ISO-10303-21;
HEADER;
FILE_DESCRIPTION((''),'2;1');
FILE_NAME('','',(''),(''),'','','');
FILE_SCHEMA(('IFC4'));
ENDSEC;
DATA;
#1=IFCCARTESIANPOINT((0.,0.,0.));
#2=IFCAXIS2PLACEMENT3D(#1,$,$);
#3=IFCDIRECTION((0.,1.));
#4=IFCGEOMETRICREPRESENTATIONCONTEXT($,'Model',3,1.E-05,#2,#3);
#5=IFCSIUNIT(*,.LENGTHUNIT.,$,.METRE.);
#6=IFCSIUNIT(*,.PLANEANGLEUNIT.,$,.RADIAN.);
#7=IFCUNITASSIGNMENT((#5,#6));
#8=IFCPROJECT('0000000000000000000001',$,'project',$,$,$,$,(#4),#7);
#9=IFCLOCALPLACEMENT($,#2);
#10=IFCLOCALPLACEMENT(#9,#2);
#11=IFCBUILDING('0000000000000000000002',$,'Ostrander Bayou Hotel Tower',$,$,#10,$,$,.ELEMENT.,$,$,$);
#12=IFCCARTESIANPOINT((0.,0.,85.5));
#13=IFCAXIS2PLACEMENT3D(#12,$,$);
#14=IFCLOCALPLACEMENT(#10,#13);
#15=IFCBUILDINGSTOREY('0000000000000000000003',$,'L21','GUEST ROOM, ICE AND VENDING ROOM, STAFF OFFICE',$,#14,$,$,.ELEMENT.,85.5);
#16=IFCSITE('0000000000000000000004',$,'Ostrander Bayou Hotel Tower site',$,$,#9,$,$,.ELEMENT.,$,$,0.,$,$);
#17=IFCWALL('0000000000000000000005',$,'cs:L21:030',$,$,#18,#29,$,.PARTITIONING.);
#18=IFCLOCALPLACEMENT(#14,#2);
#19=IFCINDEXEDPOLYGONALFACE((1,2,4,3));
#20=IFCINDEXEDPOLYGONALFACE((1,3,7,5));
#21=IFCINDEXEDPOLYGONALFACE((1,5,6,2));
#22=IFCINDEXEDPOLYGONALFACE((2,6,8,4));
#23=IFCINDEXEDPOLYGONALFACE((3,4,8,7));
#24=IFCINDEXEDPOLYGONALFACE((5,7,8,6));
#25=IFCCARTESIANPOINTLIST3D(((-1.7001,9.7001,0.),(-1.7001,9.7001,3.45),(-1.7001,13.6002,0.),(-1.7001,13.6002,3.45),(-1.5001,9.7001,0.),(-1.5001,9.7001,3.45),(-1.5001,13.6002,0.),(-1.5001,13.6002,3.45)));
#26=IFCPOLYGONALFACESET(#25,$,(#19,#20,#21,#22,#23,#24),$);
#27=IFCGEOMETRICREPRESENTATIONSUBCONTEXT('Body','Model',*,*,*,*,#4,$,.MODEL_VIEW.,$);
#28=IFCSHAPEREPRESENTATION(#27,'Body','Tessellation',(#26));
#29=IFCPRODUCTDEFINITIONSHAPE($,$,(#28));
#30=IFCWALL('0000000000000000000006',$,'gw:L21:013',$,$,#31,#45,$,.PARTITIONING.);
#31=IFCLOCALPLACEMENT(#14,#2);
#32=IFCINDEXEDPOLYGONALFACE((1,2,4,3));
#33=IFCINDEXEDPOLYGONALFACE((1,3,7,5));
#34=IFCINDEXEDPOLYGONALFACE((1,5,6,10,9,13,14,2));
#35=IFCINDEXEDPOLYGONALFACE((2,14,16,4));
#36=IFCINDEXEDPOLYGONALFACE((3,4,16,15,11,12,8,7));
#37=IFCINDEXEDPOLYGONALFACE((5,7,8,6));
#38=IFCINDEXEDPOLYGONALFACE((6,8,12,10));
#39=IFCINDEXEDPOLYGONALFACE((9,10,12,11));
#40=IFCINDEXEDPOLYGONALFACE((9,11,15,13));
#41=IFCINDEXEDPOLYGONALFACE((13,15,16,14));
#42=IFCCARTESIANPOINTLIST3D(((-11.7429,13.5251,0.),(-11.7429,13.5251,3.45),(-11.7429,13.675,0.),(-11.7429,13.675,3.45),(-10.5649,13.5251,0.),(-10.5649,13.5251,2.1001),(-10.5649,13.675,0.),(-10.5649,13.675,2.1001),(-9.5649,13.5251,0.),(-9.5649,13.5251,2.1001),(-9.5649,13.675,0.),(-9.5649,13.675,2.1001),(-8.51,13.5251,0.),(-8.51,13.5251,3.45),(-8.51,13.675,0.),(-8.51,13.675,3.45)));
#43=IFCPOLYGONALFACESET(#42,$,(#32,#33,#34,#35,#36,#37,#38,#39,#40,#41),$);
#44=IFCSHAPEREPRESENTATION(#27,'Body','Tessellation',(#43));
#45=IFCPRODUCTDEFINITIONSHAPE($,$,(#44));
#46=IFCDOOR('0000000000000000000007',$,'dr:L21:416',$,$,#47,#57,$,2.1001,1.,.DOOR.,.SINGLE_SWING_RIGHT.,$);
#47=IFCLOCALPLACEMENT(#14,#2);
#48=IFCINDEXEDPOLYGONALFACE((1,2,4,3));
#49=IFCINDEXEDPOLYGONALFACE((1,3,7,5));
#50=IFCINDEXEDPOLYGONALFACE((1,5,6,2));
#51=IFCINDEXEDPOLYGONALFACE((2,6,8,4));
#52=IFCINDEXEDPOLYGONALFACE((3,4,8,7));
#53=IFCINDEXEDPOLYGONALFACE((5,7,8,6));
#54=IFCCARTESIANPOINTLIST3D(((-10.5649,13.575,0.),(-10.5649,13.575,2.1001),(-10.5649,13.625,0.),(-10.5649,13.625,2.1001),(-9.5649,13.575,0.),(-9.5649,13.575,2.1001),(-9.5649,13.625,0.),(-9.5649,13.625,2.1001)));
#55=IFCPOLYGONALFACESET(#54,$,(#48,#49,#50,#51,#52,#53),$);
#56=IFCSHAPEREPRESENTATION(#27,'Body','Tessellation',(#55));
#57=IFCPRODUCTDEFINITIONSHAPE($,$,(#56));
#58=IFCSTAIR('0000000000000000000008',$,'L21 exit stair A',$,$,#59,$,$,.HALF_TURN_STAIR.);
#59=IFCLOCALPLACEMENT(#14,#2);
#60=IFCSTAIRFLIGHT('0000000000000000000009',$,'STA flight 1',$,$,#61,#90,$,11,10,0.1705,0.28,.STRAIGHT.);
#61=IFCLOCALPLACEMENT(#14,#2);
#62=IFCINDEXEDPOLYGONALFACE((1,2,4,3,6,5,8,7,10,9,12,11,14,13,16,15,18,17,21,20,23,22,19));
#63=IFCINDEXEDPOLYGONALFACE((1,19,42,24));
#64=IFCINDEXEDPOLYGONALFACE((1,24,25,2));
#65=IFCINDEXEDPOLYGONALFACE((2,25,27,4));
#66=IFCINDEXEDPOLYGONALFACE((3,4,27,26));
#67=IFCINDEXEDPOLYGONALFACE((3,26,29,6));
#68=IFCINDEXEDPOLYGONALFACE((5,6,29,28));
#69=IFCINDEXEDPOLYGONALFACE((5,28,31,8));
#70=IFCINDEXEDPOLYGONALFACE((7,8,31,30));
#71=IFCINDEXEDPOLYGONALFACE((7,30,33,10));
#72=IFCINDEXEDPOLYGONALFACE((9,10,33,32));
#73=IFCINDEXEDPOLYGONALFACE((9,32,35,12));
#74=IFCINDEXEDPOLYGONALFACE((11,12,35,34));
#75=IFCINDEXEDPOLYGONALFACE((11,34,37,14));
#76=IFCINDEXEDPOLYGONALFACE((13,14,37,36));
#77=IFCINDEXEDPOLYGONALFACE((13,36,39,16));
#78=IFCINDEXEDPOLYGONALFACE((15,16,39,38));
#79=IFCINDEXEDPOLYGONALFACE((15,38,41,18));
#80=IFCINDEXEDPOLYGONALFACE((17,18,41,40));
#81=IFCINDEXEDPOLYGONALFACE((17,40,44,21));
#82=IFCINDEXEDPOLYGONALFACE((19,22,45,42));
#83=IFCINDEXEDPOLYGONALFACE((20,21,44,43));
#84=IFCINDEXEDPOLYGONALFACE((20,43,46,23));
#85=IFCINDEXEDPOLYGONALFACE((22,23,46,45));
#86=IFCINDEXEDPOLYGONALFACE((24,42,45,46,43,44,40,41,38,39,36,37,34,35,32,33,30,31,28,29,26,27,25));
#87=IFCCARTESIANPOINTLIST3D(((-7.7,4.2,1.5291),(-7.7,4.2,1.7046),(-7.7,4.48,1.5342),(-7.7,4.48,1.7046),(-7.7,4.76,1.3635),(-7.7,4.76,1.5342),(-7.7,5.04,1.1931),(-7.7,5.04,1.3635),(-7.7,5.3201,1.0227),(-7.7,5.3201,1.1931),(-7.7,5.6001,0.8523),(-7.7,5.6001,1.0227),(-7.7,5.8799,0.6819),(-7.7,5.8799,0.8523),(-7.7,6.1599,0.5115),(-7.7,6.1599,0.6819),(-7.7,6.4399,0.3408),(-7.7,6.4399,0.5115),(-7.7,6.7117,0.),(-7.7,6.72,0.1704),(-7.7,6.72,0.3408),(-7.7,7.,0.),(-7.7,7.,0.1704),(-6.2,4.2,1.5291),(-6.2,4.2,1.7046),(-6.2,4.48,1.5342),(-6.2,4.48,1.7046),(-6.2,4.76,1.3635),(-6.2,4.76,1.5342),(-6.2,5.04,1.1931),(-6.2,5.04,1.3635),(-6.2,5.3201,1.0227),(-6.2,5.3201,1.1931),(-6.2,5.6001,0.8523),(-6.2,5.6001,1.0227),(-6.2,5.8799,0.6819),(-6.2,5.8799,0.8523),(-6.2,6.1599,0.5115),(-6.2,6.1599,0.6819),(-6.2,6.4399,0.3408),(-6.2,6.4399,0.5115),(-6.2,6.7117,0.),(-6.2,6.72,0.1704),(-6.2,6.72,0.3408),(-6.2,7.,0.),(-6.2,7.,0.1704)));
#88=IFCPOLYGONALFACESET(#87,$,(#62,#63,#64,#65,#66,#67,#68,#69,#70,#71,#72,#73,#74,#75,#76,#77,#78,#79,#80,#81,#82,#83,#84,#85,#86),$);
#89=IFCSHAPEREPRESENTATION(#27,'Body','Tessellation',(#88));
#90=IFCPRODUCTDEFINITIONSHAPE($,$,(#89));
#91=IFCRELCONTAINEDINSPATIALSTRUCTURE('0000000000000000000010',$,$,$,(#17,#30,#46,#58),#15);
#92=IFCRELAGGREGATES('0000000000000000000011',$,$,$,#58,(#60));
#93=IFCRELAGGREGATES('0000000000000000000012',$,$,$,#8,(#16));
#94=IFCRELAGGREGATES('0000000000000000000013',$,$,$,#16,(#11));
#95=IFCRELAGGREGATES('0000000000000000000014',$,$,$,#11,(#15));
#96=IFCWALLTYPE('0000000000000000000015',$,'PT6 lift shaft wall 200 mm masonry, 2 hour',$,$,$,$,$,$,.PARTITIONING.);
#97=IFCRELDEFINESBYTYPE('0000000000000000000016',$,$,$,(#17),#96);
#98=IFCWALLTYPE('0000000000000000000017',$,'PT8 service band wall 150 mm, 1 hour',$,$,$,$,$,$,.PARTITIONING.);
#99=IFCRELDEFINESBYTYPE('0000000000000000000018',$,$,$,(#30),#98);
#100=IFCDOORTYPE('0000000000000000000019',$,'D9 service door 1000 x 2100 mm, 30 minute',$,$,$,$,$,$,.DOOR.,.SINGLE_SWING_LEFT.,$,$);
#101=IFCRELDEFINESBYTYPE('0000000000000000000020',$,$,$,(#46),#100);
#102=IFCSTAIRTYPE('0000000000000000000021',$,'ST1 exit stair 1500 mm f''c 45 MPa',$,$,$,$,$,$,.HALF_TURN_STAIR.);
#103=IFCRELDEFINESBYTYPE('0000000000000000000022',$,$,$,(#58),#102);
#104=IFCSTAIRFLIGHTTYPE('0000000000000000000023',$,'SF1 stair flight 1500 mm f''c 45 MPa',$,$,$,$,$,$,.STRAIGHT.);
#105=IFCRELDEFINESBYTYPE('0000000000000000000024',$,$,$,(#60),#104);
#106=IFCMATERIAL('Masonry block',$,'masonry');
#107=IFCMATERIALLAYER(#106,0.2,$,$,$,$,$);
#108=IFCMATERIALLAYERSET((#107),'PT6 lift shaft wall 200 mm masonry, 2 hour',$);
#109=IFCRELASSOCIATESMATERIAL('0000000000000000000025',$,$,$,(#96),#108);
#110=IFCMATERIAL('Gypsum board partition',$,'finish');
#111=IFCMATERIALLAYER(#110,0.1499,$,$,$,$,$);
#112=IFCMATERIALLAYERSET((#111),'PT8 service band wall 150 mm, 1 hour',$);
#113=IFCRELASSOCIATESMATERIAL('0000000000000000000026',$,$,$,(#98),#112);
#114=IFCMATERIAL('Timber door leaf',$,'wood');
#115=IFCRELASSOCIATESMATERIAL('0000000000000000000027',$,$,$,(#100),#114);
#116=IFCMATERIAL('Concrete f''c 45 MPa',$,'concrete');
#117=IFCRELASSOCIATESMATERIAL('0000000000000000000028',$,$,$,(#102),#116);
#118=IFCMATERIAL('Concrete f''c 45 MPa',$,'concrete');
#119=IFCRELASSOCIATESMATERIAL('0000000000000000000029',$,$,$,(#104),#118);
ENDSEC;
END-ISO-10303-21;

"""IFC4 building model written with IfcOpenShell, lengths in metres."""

from ifc_helpers import new_model, si_unit, direction, frame, frame_2d, origin, place, context, subcontext, project, spatial, polyline, rectangle, outline, extrude, material, layer, layer_set, type_object, element, fill, aggregate, save


model = new_model("IFC4")

# Units and contexts
model_context = context("Model", 3, precision=1e-05, world=origin(), true_north=direction((0.0, 1.0)))
body_context = subcontext(model_context, "Body", "Model", "MODEL_VIEW")
ifc_project = project(units=[si_unit("LENGTHUNIT", "METRE"), si_unit("PLANEANGLEUNIT", "RADIAN")], contexts=[model_context])

# Site, building, storey
site_placement = place(None, origin())
site = spatial("IfcSite", under=ifc_project, at=site_placement, Name="Ostrander Bayou Hotel Tower site", CompositionType="ELEMENT", RefElevation=0.0)
building_placement = place(site_placement, origin())
building = spatial("IfcBuilding", under=site, at=building_placement, Name="Ostrander Bayou Hotel Tower", CompositionType="ELEMENT")
storey_placement = place(building_placement, frame((0.0, 0.0, 85.5)))
storey = spatial("IfcBuildingStorey", under=building, at=storey_placement, Name="L21", Description="GUEST ROOM, ICE AND VENDING ROOM, STAFF OFFICE", CompositionType="ELEMENT", Elevation=85.5)

# Wall
ifc_material_1 = material(Name="Masonry block", Category="masonry")
ifc_layer_1 = layer(ifc_material_1, 0.2)
ifc_layer_set_1 = layer_set([ifc_layer_1], Name="PT6 lift shaft wall 200 mm masonry, 2 hour")
wall_type_1 = type_object("IfcWallType", Name="PT6 lift shaft wall 200 mm masonry, 2 hour", PredefinedType="PARTITIONING", material=ifc_layer_set_1)
wall_1_placement = place(storey_placement, frame((-1.6001, 9.7, 0.0), z_axis=(0.0, 0.0, 1.0), x_axis=(0.0, 1.0, 0.0)))
element("IfcWall", 1, at=wall_1_placement, inside=storey, type_object=wall_type_1, Name="cs:L21:030", PredefinedType="PARTITIONING", context=body_context, shape_type="SweptSolid", body=[
    extrude(rectangle(XDim=3.9001, YDim=0.2, at=frame_2d((1.9502, 0.0))), origin(), (0.0, 0.0, 1.0), 3.45),
])

# Wall, opening, door
ifc_material_2 = material(Name="Gypsum board partition", Category="finish")
ifc_layer_2 = layer(ifc_material_2, 0.1499)
ifc_layer_set_2 = layer_set([ifc_layer_2], Name="PT8 service band wall 150 mm, 1 hour")
wall_type_2 = type_object("IfcWallType", Name="PT8 service band wall 150 mm, 1 hour", PredefinedType="PARTITIONING", material=ifc_layer_set_2)
wall_2_placement = place(storey_placement, frame((-11.7429, 13.6001, 0.0), z_axis=(0.0, 0.0, 1.0), x_axis=(1.0, 0.0, 0.0)))
wall_2 = element("IfcWall", 2, at=wall_2_placement, inside=storey, type_object=wall_type_2, Name="gw:L21:013", PredefinedType="PARTITIONING", context=body_context, shape_type="SweptSolid", body=[
    extrude(rectangle(XDim=3.2329, YDim=0.1499, at=frame_2d((1.6165, 0.0))), origin(), (0.0, 0.0, 1.0), 3.45),
])
opening_1_placement = place(wall_2_placement, frame((1.178, 0.0, 0.0)))
opening_1 = element("IfcOpeningElement", 3, at=opening_1_placement, cuts=wall_2, PredefinedType="OPENING", context=body_context, shape_type="SweptSolid", body=[
    extrude(rectangle(XDim=1.0, YDim=2.1001, at=frame_2d((0.5, 1.05))), frame((0.0, 0.075, 0.0), z_axis=(0.0, -1.0, 0.0), x_axis=(1.0, 0.0, 0.0)), (0.0, 0.0, 1.0), 0.1499),
])
ifc_material_3 = material(Name="Timber door leaf", Category="wood")
door_type_1 = type_object("IfcDoorType", Name="D9 service door 1000 x 2100 mm, 30 minute", OperationType="SINGLE_SWING_LEFT", PredefinedType="DOOR", material=ifc_material_3)
door_1_placement = place(opening_1_placement, origin())
door_1 = element("IfcDoor", 4, at=door_1_placement, inside=storey, type_object=door_type_1, Name="dr:L21:416", OperationType="SINGLE_SWING_RIGHT", OverallHeight=2.1001, OverallWidth=1.0, PredefinedType="DOOR", context=body_context, shape_type="SweptSolid", body=[
    extrude(rectangle(XDim=1.0, YDim=2.1001, at=frame_2d((0.5, 1.05))), frame((0.0, 0.0249, 0.0), z_axis=(0.0, -1.0, 0.0), x_axis=(1.0, 0.0, 0.0)), (0.0, 0.0, 1.0), 0.05),
])
fill(opening_1, door_1)

# Stair, stair flight
ifc_material_4 = material(Name="Concrete f'c 45 MPa", Category="concrete")
stair_type = type_object("IfcStairType", Name="ST1 exit stair 1500 mm f'c 45 MPa", PredefinedType="HALF_TURN_STAIR", material=ifc_material_4)
stair_placement = place(storey_placement, origin())
stair = element("IfcStair", 5, at=stair_placement, inside=storey, type_object=stair_type, Name="L21 exit stair A", PredefinedType="HALF_TURN_STAIR")
ifc_material_5 = material(Name="Concrete f'c 45 MPa", Category="concrete")
stair_flight_type = type_object("IfcStairFlightType", Name="SF1 stair flight 1500 mm f'c 45 MPa", PredefinedType="STRAIGHT", material=ifc_material_5)
stair_flight_placement = place(storey_placement, frame((-6.95, 7.0, 0.0), z_axis=(0.0, 0.0, 1.0), x_axis=(0.0, -1.0, 0.0)))
stair_flight = element("IfcStairFlight", 6, at=stair_flight_placement, type_object=stair_flight_type, Name="STA flight 1", NumberOfRisers=11, NumberOfTreads=10, PredefinedType="STRAIGHT", RiserHeight=0.1705, TreadLength=0.28, context=body_context, shape_type="SweptSolid", body=[
    extrude(outline(polyline([(0.0, 0.0), (0.0, 0.1704), (0.28, 0.1704), (0.28, 0.3408), (0.5601, 0.3408), (0.5601, 0.5115), (0.8401, 0.5115), (0.8401, 0.6819), (1.1201, 0.6819), (1.1201, 0.8523), (1.3999, 0.8523), (1.3999, 1.0227), (1.6799, 1.0227), (1.6799, 1.1931), (1.96, 1.1931), (1.96, 1.3635), (2.24, 1.3635), (2.24, 1.5342), (2.52, 1.5342), (2.52, 1.7046), (2.8, 1.7046), (2.8, 1.875), (2.8, 1.5291), (0.2883, 0.0), (0.0, 0.0)])), frame((0.0, 0.75, 0.0), z_axis=(0.0, -1.0, 0.0), x_axis=(1.0, 0.0, 0.0)), (0.0, 0.0, 1.0), 1.5),
])
aggregate(stair, [stair_flight])

save(model, "model.ifc")
